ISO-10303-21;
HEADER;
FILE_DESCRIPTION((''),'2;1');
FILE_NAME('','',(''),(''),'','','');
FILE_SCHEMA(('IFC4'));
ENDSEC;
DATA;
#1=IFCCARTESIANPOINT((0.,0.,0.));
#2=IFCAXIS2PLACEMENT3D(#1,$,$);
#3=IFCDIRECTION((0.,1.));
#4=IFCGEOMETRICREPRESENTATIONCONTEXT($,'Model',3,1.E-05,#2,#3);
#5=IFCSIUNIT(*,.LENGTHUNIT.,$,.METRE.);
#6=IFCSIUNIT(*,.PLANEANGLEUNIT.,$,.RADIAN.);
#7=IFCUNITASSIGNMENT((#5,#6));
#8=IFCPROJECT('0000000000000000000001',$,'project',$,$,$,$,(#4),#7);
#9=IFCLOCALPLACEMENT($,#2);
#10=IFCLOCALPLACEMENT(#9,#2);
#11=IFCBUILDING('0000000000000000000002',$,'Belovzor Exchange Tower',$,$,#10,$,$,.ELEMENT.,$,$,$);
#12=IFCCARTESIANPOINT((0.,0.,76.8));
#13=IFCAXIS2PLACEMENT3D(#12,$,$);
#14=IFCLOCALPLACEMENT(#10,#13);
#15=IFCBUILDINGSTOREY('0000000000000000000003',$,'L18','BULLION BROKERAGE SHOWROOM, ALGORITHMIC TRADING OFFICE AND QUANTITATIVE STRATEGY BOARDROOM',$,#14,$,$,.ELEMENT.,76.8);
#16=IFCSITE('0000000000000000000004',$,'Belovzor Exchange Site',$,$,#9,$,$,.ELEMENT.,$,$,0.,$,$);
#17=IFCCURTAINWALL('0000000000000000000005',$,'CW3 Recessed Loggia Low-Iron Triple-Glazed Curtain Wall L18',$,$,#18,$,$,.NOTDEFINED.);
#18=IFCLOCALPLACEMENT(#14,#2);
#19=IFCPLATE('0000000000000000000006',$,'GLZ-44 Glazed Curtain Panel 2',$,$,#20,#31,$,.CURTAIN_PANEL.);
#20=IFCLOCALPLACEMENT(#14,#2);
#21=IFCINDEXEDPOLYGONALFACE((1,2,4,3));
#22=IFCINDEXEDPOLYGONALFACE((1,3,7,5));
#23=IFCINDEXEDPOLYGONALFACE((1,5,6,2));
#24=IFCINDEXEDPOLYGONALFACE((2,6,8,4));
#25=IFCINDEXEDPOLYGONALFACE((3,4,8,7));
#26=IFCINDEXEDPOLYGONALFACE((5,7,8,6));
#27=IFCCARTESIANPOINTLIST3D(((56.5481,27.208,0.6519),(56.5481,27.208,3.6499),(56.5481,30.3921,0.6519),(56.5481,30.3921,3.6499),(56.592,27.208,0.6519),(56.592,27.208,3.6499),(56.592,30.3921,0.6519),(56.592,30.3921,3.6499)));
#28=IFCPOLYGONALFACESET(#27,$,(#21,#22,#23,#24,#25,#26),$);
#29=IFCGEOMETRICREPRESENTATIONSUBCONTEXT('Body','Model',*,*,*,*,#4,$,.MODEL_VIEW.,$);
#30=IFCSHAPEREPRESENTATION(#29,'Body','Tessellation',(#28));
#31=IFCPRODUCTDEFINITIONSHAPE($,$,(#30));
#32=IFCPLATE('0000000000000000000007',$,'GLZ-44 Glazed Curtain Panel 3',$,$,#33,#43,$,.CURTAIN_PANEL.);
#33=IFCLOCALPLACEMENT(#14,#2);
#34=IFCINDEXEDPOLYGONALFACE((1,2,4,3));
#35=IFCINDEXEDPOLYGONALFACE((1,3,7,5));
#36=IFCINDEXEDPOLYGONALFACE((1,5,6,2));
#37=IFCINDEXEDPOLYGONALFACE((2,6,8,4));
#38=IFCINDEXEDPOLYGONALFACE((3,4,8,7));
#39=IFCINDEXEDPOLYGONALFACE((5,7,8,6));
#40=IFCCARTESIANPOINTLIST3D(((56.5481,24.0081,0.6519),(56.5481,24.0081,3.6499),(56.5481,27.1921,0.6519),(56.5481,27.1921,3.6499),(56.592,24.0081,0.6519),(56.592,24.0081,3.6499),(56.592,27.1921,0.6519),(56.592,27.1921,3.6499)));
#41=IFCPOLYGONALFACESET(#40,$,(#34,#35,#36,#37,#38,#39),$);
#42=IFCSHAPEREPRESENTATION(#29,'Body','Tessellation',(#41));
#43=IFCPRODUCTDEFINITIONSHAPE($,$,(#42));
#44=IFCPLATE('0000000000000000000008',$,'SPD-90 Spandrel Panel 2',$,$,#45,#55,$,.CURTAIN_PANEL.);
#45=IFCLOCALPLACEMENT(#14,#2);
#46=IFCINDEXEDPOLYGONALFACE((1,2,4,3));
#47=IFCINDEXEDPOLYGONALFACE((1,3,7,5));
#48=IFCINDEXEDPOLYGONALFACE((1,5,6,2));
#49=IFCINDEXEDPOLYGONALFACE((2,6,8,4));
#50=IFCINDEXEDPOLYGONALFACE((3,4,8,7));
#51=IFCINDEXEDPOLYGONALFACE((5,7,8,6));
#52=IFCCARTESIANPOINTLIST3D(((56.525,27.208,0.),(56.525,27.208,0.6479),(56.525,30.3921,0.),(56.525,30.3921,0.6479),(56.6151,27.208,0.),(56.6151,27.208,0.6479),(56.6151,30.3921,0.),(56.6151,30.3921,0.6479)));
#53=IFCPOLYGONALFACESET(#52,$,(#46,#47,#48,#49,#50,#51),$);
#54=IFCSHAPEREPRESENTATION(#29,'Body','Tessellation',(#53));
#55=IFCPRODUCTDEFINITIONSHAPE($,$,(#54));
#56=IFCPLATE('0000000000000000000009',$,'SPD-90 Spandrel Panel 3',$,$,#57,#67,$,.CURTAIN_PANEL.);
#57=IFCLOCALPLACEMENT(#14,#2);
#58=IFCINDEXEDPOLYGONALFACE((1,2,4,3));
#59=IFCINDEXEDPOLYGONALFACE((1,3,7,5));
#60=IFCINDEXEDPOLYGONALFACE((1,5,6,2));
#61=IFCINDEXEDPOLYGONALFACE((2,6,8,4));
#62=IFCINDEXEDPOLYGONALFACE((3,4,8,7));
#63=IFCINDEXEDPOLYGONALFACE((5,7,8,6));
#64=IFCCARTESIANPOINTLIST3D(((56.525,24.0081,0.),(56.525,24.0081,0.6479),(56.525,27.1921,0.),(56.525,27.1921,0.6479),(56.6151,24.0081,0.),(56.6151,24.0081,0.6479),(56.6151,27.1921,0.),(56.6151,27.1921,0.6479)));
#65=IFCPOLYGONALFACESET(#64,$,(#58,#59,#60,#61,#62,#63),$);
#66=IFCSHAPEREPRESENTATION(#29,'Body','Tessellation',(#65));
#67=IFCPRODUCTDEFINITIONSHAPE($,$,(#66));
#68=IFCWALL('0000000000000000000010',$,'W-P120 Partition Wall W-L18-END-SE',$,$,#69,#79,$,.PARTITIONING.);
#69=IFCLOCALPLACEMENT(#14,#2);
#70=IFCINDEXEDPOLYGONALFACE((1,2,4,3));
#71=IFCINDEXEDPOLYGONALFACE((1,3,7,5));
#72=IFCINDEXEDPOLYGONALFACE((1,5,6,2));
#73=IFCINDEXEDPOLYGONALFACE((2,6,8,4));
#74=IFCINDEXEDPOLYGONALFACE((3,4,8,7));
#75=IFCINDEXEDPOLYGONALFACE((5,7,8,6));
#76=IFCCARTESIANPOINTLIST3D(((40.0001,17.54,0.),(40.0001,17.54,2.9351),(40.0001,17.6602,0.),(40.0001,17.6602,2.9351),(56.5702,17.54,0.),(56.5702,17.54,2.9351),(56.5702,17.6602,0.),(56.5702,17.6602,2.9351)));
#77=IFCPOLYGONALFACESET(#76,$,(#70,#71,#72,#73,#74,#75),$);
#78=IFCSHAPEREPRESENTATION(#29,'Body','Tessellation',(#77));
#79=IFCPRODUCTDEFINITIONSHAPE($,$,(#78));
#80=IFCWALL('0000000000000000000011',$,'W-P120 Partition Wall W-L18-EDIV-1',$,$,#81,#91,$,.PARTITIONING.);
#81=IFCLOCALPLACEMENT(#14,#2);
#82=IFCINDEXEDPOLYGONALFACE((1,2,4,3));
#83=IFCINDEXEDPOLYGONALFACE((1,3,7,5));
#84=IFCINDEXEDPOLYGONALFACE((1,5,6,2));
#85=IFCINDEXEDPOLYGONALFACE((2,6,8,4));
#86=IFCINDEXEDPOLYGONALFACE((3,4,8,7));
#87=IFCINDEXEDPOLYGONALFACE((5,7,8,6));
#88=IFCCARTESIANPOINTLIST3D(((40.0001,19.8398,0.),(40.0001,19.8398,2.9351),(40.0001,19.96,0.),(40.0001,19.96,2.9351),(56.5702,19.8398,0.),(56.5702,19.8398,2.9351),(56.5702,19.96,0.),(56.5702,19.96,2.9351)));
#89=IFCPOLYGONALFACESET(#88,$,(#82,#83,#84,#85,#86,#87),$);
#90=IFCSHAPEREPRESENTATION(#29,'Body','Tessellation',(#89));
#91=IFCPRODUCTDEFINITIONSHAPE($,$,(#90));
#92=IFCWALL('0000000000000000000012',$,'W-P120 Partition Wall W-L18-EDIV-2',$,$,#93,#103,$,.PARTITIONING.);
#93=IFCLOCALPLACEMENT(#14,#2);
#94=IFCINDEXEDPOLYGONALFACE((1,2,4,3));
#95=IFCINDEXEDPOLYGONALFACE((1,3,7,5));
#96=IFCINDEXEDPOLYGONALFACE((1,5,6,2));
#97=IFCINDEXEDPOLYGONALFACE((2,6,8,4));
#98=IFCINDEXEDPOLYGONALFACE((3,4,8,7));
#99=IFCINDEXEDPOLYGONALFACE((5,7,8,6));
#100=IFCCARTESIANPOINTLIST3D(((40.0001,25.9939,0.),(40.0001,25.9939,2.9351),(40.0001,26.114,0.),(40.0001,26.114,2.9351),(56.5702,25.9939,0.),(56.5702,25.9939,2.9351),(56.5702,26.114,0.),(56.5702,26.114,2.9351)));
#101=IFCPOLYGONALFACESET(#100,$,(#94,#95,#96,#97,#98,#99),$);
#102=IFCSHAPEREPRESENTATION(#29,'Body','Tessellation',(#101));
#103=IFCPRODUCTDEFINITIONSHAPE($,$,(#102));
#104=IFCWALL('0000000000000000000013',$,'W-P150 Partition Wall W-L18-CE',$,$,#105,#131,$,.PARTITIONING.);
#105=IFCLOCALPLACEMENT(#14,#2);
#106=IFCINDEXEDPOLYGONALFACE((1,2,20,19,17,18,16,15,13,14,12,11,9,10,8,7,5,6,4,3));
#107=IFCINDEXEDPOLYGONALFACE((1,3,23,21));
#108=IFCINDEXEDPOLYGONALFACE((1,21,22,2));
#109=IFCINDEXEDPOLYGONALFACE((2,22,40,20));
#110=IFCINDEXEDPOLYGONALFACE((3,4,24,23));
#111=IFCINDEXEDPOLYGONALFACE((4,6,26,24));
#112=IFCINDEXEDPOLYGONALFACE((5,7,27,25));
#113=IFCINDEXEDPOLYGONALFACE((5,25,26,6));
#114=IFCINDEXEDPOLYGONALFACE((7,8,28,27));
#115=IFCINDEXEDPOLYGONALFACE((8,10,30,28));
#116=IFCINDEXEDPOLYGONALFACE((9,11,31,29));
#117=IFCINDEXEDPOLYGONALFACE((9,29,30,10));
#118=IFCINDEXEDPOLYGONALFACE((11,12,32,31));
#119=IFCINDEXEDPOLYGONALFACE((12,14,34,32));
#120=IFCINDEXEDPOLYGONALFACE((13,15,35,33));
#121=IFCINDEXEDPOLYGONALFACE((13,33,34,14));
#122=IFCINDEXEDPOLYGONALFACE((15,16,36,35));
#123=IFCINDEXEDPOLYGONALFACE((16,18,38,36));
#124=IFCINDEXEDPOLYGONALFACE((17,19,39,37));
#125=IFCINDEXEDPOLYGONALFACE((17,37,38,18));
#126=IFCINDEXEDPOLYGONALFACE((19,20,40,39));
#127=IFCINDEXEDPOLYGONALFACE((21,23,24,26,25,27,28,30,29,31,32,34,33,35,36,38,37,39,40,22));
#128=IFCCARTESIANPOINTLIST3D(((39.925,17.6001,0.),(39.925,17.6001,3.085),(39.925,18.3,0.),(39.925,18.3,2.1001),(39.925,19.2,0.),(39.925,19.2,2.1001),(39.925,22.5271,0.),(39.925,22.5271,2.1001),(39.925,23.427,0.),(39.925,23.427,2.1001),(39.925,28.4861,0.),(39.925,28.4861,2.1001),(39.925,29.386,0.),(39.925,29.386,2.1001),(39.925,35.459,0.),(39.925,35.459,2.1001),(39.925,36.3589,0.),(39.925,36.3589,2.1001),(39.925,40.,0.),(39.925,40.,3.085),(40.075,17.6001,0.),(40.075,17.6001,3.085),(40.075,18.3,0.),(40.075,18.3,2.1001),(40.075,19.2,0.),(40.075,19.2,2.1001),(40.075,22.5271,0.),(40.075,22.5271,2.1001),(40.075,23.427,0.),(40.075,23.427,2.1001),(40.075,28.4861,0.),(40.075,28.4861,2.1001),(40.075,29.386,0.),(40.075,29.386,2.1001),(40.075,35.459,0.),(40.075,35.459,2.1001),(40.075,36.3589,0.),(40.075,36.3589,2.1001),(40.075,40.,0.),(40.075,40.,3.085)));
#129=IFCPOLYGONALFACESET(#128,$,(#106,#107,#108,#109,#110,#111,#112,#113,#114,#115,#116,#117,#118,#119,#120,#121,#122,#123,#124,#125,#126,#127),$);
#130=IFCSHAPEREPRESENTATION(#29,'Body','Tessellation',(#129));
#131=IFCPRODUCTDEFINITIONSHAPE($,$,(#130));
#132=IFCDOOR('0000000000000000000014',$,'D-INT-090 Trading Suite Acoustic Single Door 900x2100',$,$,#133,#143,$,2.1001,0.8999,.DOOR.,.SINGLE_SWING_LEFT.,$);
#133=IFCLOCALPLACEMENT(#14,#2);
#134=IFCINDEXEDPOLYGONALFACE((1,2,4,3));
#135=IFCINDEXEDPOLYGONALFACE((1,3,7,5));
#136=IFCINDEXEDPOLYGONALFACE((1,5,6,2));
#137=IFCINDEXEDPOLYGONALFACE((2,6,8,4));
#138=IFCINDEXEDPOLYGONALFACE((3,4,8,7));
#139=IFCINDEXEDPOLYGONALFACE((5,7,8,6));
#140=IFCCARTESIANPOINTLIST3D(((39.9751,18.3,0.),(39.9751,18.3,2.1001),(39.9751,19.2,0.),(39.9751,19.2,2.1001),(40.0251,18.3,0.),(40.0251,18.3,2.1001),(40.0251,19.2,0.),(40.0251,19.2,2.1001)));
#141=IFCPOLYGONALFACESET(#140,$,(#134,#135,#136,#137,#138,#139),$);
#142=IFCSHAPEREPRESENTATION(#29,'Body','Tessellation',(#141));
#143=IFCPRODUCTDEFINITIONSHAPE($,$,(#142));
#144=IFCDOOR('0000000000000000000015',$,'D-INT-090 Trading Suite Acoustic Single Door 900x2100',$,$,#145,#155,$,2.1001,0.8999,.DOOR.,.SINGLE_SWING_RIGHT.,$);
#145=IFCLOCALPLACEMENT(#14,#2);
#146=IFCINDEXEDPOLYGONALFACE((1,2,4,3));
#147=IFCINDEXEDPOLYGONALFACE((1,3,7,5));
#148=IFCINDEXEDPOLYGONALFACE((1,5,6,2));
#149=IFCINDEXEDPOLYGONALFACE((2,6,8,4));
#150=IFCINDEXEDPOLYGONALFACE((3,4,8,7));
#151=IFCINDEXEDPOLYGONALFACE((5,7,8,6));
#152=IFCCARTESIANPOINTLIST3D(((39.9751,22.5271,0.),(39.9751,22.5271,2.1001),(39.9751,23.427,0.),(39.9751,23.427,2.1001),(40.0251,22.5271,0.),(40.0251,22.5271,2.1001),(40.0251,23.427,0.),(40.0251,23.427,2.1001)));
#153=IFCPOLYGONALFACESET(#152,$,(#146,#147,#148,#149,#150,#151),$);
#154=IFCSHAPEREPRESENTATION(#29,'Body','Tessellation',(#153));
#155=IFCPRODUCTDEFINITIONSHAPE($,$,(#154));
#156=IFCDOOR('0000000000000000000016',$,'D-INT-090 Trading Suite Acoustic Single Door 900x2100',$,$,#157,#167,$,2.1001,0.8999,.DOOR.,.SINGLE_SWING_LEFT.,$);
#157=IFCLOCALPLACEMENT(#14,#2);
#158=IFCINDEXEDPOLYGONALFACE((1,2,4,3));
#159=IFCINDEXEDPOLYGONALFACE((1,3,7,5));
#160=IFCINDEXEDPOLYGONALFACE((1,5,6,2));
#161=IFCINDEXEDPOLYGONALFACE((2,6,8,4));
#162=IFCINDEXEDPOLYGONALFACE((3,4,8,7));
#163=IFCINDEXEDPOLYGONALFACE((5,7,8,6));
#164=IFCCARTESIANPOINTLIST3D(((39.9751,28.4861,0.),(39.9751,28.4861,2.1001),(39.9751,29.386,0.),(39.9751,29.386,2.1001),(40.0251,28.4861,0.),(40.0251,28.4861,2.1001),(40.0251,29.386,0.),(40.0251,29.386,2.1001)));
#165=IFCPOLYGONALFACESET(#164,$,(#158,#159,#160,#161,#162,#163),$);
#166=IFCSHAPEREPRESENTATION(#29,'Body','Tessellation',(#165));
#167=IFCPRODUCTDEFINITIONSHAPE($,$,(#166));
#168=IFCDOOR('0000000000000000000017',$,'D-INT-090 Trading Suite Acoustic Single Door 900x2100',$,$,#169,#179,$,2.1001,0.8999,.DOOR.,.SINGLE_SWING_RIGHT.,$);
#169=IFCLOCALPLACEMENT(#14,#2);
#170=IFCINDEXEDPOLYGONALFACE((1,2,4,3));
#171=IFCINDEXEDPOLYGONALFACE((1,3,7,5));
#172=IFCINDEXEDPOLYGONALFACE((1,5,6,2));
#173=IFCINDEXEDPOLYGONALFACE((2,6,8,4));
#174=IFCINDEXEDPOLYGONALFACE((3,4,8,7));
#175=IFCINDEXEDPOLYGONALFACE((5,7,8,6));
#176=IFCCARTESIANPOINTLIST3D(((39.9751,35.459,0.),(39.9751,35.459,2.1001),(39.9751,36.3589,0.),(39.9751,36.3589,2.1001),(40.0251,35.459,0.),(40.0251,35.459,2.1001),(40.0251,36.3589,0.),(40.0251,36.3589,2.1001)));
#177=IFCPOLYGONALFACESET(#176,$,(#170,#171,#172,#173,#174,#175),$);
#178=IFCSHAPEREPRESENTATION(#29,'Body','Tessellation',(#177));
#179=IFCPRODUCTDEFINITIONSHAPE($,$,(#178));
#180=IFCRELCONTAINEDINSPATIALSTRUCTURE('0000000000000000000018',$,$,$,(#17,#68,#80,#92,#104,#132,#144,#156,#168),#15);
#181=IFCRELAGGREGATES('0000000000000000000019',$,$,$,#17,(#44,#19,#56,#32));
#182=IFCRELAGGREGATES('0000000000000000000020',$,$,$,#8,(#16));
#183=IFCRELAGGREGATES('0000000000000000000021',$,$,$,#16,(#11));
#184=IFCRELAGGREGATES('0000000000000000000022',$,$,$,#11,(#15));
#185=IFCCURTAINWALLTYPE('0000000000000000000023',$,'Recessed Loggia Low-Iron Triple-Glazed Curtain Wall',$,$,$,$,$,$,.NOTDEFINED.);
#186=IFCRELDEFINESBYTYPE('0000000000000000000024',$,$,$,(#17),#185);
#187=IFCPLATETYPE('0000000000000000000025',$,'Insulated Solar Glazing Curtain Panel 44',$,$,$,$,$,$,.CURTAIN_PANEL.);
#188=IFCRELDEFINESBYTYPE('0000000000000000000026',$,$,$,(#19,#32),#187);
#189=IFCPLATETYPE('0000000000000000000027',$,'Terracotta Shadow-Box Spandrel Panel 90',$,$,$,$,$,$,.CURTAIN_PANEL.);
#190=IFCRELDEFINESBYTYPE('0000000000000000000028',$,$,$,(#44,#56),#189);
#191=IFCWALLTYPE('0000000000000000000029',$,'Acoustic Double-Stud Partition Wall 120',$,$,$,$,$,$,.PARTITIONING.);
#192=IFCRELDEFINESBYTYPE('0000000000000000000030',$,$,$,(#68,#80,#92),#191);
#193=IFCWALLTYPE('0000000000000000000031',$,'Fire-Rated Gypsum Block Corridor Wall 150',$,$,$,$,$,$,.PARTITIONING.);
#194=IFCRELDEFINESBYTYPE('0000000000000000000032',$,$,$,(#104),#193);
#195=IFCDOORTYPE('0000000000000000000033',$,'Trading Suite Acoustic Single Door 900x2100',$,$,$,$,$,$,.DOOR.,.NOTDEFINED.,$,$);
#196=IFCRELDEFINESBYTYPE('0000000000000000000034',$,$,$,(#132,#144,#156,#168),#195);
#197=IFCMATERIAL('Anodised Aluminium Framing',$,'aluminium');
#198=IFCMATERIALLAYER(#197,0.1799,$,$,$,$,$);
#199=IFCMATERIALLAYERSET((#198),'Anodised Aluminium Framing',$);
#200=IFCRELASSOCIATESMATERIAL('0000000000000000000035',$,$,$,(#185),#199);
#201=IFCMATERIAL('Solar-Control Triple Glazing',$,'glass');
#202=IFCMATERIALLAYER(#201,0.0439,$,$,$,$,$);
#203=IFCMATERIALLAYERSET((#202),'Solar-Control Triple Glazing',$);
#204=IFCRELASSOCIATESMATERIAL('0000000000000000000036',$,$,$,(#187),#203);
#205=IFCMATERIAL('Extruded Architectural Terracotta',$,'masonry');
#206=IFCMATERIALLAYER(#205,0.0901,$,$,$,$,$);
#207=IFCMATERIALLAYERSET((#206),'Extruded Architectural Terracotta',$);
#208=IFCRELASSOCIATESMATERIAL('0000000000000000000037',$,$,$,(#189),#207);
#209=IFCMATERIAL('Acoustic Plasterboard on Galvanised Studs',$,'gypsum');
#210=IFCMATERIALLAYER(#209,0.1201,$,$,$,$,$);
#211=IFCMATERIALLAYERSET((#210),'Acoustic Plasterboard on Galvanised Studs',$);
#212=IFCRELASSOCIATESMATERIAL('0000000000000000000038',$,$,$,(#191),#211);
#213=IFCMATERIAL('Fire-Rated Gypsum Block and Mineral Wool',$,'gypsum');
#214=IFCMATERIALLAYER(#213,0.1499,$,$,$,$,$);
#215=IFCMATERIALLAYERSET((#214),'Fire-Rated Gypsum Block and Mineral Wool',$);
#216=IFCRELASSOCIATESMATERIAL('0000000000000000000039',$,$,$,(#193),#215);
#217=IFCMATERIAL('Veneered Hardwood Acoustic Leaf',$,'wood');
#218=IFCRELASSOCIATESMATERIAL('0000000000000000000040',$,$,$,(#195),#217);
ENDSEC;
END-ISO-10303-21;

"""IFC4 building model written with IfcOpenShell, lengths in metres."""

from ifc_helpers import new_model, si_unit, direction, frame, frame_2d, origin, origin_2d, place, context, subcontext, project, spatial, rectangle, extrude, material, layer, layer_set, type_object, element, fill, aggregate, save


model = new_model("IFC4")

# Units and contexts
model_context = context("Model", 3, precision=1e-05, world=origin(), true_north=direction((0.0, 1.0)))
body_context = subcontext(model_context, "Body", "Model", "MODEL_VIEW")
ifc_project = project(units=[si_unit("LENGTHUNIT", "METRE"), si_unit("PLANEANGLEUNIT", "RADIAN")], contexts=[model_context])

# Site, building, storey
site_placement = place(None, origin())
site = spatial("IfcSite", under=ifc_project, at=site_placement, Name="Belovzor Exchange Site", CompositionType="ELEMENT", RefElevation=0.0)
building_placement = place(site_placement, origin())
building = spatial("IfcBuilding", under=site, at=building_placement, Name="Belovzor Exchange Tower", CompositionType="ELEMENT")
storey_placement = place(building_placement, frame((0.0, 0.0, 76.8)))
storey = spatial("IfcBuildingStorey", under=building, at=storey_placement, Name="L18", Description="BULLION BROKERAGE SHOWROOM, ALGORITHMIC TRADING OFFICE AND QUANTITATIVE STRATEGY BOARDROOM", CompositionType="ELEMENT", Elevation=76.8)

# Curtain wall
ifc_material_1 = material(Name="Anodised Aluminium Framing", Category="aluminium")
ifc_layer_1 = layer(ifc_material_1, 0.1799)
ifc_layer_set_1 = layer_set([ifc_layer_1], Name="Anodised Aluminium Framing")
curtain_wall_type = type_object("IfcCurtainWallType", Name="Recessed Loggia Low-Iron Triple-Glazed Curtain Wall", PredefinedType="NOTDEFINED", material=ifc_layer_set_1)
curtain_wall_placement = place(storey_placement, origin())
curtain_wall = element("IfcCurtainWall", 1, at=curtain_wall_placement, inside=storey, type_object=curtain_wall_type, Name="CW3 Recessed Loggia Low-Iron Triple-Glazed Curtain Wall L18", PredefinedType="NOTDEFINED")

# Plates
ifc_material_2 = material(Name="Solar-Control Triple Glazing", Category="glass")
ifc_layer_2 = layer(ifc_material_2, 0.0439)
ifc_layer_set_2 = layer_set([ifc_layer_2], Name="Solar-Control Triple Glazing")
plate_type_1 = type_object("IfcPlateType", Name="Insulated Solar Glazing Curtain Panel 44", PredefinedType="CURTAIN_PANEL", material=ifc_layer_set_2)
plate_1_placement = place(storey_placement, frame((56.5701, 28.8, 0.6519), z_axis=(0.0, 0.0, 1.0), x_axis=(0.0, -1.0, 0.0)))
plate_1 = element("IfcPlate", 2, at=plate_1_placement, type_object=plate_type_1, Name="GLZ-44 Glazed Curtain Panel 2", PredefinedType="CURTAIN_PANEL", context=body_context, shape_type="SweptSolid", body=[
    extrude(rectangle(XDim=3.1841, YDim=0.0439, at=origin_2d()), origin(), (0.0, 0.0, 1.0), 2.998),
])
plate_2_placement = place(storey_placement, frame((56.5701, 25.6001, 0.6519), z_axis=(0.0, 0.0, 1.0), x_axis=(0.0, -1.0, 0.0)))
plate_2 = element("IfcPlate", 3, at=plate_2_placement, type_object=plate_type_1, Name="GLZ-44 Glazed Curtain Panel 3", PredefinedType="CURTAIN_PANEL", context=body_context, shape_type="SweptSolid", body=[
    extrude(rectangle(XDim=3.1841, YDim=0.0439, at=origin_2d()), origin(), (0.0, 0.0, 1.0), 2.998),
])
ifc_material_3 = material(Name="Extruded Architectural Terracotta", Category="masonry")
ifc_layer_3 = layer(ifc_material_3, 0.0901)
ifc_layer_set_3 = layer_set([ifc_layer_3], Name="Extruded Architectural Terracotta")
plate_type_2 = type_object("IfcPlateType", Name="Terracotta Shadow-Box Spandrel Panel 90", PredefinedType="CURTAIN_PANEL", material=ifc_layer_set_3)
plate_3_placement = place(storey_placement, frame((56.5701, 28.8, 0.0), z_axis=(0.0, 0.0, 1.0), x_axis=(0.0, -1.0, 0.0)))
plate_3 = element("IfcPlate", 4, at=plate_3_placement, type_object=plate_type_2, Name="SPD-90 Spandrel Panel 2", PredefinedType="CURTAIN_PANEL", context=body_context, shape_type="SweptSolid", body=[
    extrude(rectangle(XDim=3.1841, YDim=0.0901, at=origin_2d()), origin(), (0.0, 0.0, 1.0), 0.6479),
])
plate_4_placement = place(storey_placement, frame((56.5701, 25.6001, 0.0), z_axis=(0.0, 0.0, 1.0), x_axis=(0.0, -1.0, 0.0)))
plate_4 = element("IfcPlate", 5, at=plate_4_placement, type_object=plate_type_2, Name="SPD-90 Spandrel Panel 3", PredefinedType="CURTAIN_PANEL", context=body_context, shape_type="SweptSolid", body=[
    extrude(rectangle(XDim=3.1841, YDim=0.0901, at=origin_2d()), origin(), (0.0, 0.0, 1.0), 0.6479),
])
aggregate(curtain_wall, [plate_3, plate_1, plate_4, plate_2])

# Walls
ifc_material_4 = material(Name="Acoustic Plasterboard on Galvanised Studs", Category="gypsum")
ifc_layer_4 = layer(ifc_material_4, 0.1201)
ifc_layer_set_4 = layer_set([ifc_layer_4], Name="Acoustic Plasterboard on Galvanised Studs")
wall_type_1 = type_object("IfcWallType", Name="Acoustic Double-Stud Partition Wall 120", PredefinedType="PARTITIONING", material=ifc_layer_set_4)
for number, where, z_axis, x_axis, name in (
    (6, (40.0, 17.6001, 0.0), (0.0, 0.0, 1.0), (1.0, 0.0, 0.0), "W-P120 Partition Wall W-L18-END-SE"),
    (7, (40.0, 19.8999, 0.0), (0.0, 0.0, 1.0), (1.0, 0.0, 0.0), "W-P120 Partition Wall W-L18-EDIV-1"),
    (8, (40.0, 26.054, 0.0), (0.0, 0.0, 1.0), (1.0, 0.0, 0.0), "W-P120 Partition Wall W-L18-EDIV-2"),
):
    element("IfcWall", number, at=place(storey_placement, frame(where, z_axis=z_axis, x_axis=x_axis)), inside=storey, type_object=wall_type_1, Name=name, PredefinedType="PARTITIONING", context=body_context, shape_type="SweptSolid", body=[
        extrude(rectangle(XDim=16.5701, YDim=0.1201, at=frame_2d((8.2852, 0.0))), origin(), (0.0, 0.0, 1.0), 2.9351),
    ])

# Wall, openings, doors
ifc_material_5 = material(Name="Fire-Rated Gypsum Block and Mineral Wool", Category="gypsum")
ifc_layer_5 = layer(ifc_material_5, 0.1499)
ifc_layer_set_5 = layer_set([ifc_layer_5], Name="Fire-Rated Gypsum Block and Mineral Wool")
wall_type_2 = type_object("IfcWallType", Name="Fire-Rated Gypsum Block Corridor Wall 150", PredefinedType="PARTITIONING", material=ifc_layer_set_5)
wall_1_placement = place(storey_placement, frame((40.0, 17.6001, 0.0), z_axis=(0.0, 0.0, 1.0), x_axis=(0.0, 1.0, 0.0)))
wall_1 = element("IfcWall", 9, at=wall_1_placement, inside=storey, type_object=wall_type_2, Name="W-P150 Partition Wall W-L18-CE", PredefinedType="PARTITIONING", context=body_context, shape_type="SweptSolid", body=[
    extrude(rectangle(XDim=22.3999, YDim=0.1499, at=frame_2d((11.2, 0.0))), origin(), (0.0, 0.0, 1.0), 3.085),
])
opening_1_placement = place(wall_1_placement, frame((0.7, 0.0, 0.0)))
opening_1 = element("IfcOpeningElement", 10, at=opening_1_placement, cuts=wall_1, PredefinedType="OPENING", context=body_context, shape_type="SweptSolid", body=[
    extrude(rectangle(XDim=0.8999, YDim=2.1001, at=frame_2d((0.45, 1.05))), frame((0.0, 0.085, 0.0), z_axis=(0.0, -1.0, 0.0), x_axis=(1.0, 0.0, 0.0)), (0.0, 0.0, 1.0), 0.1699),
])
opening_2_placement = place(wall_1_placement, frame((4.927, 0.0, 0.0)))
opening_2 = element("IfcOpeningElement", 11, at=opening_2_placement, cuts=wall_1, PredefinedType="OPENING", context=body_context, shape_type="SweptSolid", body=[
    extrude(rectangle(XDim=0.8999, YDim=2.1001, at=frame_2d((0.45, 1.05))), frame((0.0, 0.085, 0.0), z_axis=(0.0, -1.0, 0.0), x_axis=(1.0, 0.0, 0.0)), (0.0, 0.0, 1.0), 0.1699),
])
opening_3_placement = place(wall_1_placement, frame((10.886, 0.0, 0.0)))
opening_3 = element("IfcOpeningElement", 12, at=opening_3_placement, cuts=wall_1, PredefinedType="OPENING", context=body_context, shape_type="SweptSolid", body=[
    extrude(rectangle(XDim=0.8999, YDim=2.1001, at=frame_2d((0.45, 1.05))), frame((0.0, 0.085, 0.0), z_axis=(0.0, -1.0, 0.0), x_axis=(1.0, 0.0, 0.0)), (0.0, 0.0, 1.0), 0.1699),
])
opening_4_placement = place(wall_1_placement, frame((17.8589, 0.0, 0.0)))
opening_4 = element("IfcOpeningElement", 13, at=opening_4_placement, cuts=wall_1, PredefinedType="OPENING", context=body_context, shape_type="SweptSolid", body=[
    extrude(rectangle(XDim=0.8999, YDim=2.1001, at=frame_2d((0.45, 1.05))), frame((0.0, 0.085, 0.0), z_axis=(0.0, -1.0, 0.0), x_axis=(1.0, 0.0, 0.0)), (0.0, 0.0, 1.0), 0.1699),
])
ifc_material_6 = material(Name="Veneered Hardwood Acoustic Leaf", Category="wood")
door_type_1 = type_object("IfcDoorType", Name="Trading Suite Acoustic Single Door 900x2100", OperationType="NOTDEFINED", PredefinedType="DOOR", material=ifc_material_6)
door_1_placement = place(opening_1_placement, origin())
door_1 = element("IfcDoor", 14, at=door_1_placement, inside=storey, type_object=door_type_1, Name="D-INT-090 Trading Suite Acoustic Single Door 900x2100", OperationType="SINGLE_SWING_LEFT", OverallHeight=2.1001, OverallWidth=0.8999, PredefinedType="DOOR", context=body_context, shape_type="SweptSolid", body=[
    extrude(rectangle(XDim=0.8999, YDim=2.1001, at=frame_2d((0.45, 1.05))), frame((0.0, 0.0249, 0.0), z_axis=(0.0, -1.0, 0.0), x_axis=(1.0, 0.0, 0.0)), (0.0, 0.0, 1.0), 0.05),
])
fill(opening_1, door_1)
door_2_placement = place(opening_2_placement, origin())
door_2 = element("IfcDoor", 15, at=door_2_placement, inside=storey, type_object=door_type_1, Name="D-INT-090 Trading Suite Acoustic Single Door 900x2100", OperationType="SINGLE_SWING_RIGHT", OverallHeight=2.1001, OverallWidth=0.8999, PredefinedType="DOOR", context=body_context, shape_type="SweptSolid", body=[
    extrude(rectangle(XDim=0.8999, YDim=2.1001, at=frame_2d((0.45, 1.05))), frame((0.0, 0.0249, 0.0), z_axis=(0.0, -1.0, 0.0), x_axis=(1.0, 0.0, 0.0)), (0.0, 0.0, 1.0), 0.05),
])
fill(opening_2, door_2)
door_3_placement = place(opening_3_placement, origin())
door_3 = element("IfcDoor", 16, at=door_3_placement, inside=storey, type_object=door_type_1, Name="D-INT-090 Trading Suite Acoustic Single Door 900x2100", OperationType="SINGLE_SWING_LEFT", OverallHeight=2.1001, OverallWidth=0.8999, PredefinedType="DOOR", context=body_context, shape_type="SweptSolid", body=[
    extrude(rectangle(XDim=0.8999, YDim=2.1001, at=frame_2d((0.45, 1.05))), frame((0.0, 0.0249, 0.0), z_axis=(0.0, -1.0, 0.0), x_axis=(1.0, 0.0, 0.0)), (0.0, 0.0, 1.0), 0.05),
])
fill(opening_3, door_3)
door_4_placement = place(opening_4_placement, origin())
door_4 = element("IfcDoor", 17, at=door_4_placement, inside=storey, type_object=door_type_1, Name="D-INT-090 Trading Suite Acoustic Single Door 900x2100", OperationType="SINGLE_SWING_RIGHT", OverallHeight=2.1001, OverallWidth=0.8999, PredefinedType="DOOR", context=body_context, shape_type="SweptSolid", body=[
    extrude(rectangle(XDim=0.8999, YDim=2.1001, at=frame_2d((0.45, 1.05))), frame((0.0, 0.0249, 0.0), z_axis=(0.0, -1.0, 0.0), x_axis=(1.0, 0.0, 0.0)), (0.0, 0.0, 1.0), 0.05),
])
fill(opening_4, door_4)

save(model, "model.ifc")
